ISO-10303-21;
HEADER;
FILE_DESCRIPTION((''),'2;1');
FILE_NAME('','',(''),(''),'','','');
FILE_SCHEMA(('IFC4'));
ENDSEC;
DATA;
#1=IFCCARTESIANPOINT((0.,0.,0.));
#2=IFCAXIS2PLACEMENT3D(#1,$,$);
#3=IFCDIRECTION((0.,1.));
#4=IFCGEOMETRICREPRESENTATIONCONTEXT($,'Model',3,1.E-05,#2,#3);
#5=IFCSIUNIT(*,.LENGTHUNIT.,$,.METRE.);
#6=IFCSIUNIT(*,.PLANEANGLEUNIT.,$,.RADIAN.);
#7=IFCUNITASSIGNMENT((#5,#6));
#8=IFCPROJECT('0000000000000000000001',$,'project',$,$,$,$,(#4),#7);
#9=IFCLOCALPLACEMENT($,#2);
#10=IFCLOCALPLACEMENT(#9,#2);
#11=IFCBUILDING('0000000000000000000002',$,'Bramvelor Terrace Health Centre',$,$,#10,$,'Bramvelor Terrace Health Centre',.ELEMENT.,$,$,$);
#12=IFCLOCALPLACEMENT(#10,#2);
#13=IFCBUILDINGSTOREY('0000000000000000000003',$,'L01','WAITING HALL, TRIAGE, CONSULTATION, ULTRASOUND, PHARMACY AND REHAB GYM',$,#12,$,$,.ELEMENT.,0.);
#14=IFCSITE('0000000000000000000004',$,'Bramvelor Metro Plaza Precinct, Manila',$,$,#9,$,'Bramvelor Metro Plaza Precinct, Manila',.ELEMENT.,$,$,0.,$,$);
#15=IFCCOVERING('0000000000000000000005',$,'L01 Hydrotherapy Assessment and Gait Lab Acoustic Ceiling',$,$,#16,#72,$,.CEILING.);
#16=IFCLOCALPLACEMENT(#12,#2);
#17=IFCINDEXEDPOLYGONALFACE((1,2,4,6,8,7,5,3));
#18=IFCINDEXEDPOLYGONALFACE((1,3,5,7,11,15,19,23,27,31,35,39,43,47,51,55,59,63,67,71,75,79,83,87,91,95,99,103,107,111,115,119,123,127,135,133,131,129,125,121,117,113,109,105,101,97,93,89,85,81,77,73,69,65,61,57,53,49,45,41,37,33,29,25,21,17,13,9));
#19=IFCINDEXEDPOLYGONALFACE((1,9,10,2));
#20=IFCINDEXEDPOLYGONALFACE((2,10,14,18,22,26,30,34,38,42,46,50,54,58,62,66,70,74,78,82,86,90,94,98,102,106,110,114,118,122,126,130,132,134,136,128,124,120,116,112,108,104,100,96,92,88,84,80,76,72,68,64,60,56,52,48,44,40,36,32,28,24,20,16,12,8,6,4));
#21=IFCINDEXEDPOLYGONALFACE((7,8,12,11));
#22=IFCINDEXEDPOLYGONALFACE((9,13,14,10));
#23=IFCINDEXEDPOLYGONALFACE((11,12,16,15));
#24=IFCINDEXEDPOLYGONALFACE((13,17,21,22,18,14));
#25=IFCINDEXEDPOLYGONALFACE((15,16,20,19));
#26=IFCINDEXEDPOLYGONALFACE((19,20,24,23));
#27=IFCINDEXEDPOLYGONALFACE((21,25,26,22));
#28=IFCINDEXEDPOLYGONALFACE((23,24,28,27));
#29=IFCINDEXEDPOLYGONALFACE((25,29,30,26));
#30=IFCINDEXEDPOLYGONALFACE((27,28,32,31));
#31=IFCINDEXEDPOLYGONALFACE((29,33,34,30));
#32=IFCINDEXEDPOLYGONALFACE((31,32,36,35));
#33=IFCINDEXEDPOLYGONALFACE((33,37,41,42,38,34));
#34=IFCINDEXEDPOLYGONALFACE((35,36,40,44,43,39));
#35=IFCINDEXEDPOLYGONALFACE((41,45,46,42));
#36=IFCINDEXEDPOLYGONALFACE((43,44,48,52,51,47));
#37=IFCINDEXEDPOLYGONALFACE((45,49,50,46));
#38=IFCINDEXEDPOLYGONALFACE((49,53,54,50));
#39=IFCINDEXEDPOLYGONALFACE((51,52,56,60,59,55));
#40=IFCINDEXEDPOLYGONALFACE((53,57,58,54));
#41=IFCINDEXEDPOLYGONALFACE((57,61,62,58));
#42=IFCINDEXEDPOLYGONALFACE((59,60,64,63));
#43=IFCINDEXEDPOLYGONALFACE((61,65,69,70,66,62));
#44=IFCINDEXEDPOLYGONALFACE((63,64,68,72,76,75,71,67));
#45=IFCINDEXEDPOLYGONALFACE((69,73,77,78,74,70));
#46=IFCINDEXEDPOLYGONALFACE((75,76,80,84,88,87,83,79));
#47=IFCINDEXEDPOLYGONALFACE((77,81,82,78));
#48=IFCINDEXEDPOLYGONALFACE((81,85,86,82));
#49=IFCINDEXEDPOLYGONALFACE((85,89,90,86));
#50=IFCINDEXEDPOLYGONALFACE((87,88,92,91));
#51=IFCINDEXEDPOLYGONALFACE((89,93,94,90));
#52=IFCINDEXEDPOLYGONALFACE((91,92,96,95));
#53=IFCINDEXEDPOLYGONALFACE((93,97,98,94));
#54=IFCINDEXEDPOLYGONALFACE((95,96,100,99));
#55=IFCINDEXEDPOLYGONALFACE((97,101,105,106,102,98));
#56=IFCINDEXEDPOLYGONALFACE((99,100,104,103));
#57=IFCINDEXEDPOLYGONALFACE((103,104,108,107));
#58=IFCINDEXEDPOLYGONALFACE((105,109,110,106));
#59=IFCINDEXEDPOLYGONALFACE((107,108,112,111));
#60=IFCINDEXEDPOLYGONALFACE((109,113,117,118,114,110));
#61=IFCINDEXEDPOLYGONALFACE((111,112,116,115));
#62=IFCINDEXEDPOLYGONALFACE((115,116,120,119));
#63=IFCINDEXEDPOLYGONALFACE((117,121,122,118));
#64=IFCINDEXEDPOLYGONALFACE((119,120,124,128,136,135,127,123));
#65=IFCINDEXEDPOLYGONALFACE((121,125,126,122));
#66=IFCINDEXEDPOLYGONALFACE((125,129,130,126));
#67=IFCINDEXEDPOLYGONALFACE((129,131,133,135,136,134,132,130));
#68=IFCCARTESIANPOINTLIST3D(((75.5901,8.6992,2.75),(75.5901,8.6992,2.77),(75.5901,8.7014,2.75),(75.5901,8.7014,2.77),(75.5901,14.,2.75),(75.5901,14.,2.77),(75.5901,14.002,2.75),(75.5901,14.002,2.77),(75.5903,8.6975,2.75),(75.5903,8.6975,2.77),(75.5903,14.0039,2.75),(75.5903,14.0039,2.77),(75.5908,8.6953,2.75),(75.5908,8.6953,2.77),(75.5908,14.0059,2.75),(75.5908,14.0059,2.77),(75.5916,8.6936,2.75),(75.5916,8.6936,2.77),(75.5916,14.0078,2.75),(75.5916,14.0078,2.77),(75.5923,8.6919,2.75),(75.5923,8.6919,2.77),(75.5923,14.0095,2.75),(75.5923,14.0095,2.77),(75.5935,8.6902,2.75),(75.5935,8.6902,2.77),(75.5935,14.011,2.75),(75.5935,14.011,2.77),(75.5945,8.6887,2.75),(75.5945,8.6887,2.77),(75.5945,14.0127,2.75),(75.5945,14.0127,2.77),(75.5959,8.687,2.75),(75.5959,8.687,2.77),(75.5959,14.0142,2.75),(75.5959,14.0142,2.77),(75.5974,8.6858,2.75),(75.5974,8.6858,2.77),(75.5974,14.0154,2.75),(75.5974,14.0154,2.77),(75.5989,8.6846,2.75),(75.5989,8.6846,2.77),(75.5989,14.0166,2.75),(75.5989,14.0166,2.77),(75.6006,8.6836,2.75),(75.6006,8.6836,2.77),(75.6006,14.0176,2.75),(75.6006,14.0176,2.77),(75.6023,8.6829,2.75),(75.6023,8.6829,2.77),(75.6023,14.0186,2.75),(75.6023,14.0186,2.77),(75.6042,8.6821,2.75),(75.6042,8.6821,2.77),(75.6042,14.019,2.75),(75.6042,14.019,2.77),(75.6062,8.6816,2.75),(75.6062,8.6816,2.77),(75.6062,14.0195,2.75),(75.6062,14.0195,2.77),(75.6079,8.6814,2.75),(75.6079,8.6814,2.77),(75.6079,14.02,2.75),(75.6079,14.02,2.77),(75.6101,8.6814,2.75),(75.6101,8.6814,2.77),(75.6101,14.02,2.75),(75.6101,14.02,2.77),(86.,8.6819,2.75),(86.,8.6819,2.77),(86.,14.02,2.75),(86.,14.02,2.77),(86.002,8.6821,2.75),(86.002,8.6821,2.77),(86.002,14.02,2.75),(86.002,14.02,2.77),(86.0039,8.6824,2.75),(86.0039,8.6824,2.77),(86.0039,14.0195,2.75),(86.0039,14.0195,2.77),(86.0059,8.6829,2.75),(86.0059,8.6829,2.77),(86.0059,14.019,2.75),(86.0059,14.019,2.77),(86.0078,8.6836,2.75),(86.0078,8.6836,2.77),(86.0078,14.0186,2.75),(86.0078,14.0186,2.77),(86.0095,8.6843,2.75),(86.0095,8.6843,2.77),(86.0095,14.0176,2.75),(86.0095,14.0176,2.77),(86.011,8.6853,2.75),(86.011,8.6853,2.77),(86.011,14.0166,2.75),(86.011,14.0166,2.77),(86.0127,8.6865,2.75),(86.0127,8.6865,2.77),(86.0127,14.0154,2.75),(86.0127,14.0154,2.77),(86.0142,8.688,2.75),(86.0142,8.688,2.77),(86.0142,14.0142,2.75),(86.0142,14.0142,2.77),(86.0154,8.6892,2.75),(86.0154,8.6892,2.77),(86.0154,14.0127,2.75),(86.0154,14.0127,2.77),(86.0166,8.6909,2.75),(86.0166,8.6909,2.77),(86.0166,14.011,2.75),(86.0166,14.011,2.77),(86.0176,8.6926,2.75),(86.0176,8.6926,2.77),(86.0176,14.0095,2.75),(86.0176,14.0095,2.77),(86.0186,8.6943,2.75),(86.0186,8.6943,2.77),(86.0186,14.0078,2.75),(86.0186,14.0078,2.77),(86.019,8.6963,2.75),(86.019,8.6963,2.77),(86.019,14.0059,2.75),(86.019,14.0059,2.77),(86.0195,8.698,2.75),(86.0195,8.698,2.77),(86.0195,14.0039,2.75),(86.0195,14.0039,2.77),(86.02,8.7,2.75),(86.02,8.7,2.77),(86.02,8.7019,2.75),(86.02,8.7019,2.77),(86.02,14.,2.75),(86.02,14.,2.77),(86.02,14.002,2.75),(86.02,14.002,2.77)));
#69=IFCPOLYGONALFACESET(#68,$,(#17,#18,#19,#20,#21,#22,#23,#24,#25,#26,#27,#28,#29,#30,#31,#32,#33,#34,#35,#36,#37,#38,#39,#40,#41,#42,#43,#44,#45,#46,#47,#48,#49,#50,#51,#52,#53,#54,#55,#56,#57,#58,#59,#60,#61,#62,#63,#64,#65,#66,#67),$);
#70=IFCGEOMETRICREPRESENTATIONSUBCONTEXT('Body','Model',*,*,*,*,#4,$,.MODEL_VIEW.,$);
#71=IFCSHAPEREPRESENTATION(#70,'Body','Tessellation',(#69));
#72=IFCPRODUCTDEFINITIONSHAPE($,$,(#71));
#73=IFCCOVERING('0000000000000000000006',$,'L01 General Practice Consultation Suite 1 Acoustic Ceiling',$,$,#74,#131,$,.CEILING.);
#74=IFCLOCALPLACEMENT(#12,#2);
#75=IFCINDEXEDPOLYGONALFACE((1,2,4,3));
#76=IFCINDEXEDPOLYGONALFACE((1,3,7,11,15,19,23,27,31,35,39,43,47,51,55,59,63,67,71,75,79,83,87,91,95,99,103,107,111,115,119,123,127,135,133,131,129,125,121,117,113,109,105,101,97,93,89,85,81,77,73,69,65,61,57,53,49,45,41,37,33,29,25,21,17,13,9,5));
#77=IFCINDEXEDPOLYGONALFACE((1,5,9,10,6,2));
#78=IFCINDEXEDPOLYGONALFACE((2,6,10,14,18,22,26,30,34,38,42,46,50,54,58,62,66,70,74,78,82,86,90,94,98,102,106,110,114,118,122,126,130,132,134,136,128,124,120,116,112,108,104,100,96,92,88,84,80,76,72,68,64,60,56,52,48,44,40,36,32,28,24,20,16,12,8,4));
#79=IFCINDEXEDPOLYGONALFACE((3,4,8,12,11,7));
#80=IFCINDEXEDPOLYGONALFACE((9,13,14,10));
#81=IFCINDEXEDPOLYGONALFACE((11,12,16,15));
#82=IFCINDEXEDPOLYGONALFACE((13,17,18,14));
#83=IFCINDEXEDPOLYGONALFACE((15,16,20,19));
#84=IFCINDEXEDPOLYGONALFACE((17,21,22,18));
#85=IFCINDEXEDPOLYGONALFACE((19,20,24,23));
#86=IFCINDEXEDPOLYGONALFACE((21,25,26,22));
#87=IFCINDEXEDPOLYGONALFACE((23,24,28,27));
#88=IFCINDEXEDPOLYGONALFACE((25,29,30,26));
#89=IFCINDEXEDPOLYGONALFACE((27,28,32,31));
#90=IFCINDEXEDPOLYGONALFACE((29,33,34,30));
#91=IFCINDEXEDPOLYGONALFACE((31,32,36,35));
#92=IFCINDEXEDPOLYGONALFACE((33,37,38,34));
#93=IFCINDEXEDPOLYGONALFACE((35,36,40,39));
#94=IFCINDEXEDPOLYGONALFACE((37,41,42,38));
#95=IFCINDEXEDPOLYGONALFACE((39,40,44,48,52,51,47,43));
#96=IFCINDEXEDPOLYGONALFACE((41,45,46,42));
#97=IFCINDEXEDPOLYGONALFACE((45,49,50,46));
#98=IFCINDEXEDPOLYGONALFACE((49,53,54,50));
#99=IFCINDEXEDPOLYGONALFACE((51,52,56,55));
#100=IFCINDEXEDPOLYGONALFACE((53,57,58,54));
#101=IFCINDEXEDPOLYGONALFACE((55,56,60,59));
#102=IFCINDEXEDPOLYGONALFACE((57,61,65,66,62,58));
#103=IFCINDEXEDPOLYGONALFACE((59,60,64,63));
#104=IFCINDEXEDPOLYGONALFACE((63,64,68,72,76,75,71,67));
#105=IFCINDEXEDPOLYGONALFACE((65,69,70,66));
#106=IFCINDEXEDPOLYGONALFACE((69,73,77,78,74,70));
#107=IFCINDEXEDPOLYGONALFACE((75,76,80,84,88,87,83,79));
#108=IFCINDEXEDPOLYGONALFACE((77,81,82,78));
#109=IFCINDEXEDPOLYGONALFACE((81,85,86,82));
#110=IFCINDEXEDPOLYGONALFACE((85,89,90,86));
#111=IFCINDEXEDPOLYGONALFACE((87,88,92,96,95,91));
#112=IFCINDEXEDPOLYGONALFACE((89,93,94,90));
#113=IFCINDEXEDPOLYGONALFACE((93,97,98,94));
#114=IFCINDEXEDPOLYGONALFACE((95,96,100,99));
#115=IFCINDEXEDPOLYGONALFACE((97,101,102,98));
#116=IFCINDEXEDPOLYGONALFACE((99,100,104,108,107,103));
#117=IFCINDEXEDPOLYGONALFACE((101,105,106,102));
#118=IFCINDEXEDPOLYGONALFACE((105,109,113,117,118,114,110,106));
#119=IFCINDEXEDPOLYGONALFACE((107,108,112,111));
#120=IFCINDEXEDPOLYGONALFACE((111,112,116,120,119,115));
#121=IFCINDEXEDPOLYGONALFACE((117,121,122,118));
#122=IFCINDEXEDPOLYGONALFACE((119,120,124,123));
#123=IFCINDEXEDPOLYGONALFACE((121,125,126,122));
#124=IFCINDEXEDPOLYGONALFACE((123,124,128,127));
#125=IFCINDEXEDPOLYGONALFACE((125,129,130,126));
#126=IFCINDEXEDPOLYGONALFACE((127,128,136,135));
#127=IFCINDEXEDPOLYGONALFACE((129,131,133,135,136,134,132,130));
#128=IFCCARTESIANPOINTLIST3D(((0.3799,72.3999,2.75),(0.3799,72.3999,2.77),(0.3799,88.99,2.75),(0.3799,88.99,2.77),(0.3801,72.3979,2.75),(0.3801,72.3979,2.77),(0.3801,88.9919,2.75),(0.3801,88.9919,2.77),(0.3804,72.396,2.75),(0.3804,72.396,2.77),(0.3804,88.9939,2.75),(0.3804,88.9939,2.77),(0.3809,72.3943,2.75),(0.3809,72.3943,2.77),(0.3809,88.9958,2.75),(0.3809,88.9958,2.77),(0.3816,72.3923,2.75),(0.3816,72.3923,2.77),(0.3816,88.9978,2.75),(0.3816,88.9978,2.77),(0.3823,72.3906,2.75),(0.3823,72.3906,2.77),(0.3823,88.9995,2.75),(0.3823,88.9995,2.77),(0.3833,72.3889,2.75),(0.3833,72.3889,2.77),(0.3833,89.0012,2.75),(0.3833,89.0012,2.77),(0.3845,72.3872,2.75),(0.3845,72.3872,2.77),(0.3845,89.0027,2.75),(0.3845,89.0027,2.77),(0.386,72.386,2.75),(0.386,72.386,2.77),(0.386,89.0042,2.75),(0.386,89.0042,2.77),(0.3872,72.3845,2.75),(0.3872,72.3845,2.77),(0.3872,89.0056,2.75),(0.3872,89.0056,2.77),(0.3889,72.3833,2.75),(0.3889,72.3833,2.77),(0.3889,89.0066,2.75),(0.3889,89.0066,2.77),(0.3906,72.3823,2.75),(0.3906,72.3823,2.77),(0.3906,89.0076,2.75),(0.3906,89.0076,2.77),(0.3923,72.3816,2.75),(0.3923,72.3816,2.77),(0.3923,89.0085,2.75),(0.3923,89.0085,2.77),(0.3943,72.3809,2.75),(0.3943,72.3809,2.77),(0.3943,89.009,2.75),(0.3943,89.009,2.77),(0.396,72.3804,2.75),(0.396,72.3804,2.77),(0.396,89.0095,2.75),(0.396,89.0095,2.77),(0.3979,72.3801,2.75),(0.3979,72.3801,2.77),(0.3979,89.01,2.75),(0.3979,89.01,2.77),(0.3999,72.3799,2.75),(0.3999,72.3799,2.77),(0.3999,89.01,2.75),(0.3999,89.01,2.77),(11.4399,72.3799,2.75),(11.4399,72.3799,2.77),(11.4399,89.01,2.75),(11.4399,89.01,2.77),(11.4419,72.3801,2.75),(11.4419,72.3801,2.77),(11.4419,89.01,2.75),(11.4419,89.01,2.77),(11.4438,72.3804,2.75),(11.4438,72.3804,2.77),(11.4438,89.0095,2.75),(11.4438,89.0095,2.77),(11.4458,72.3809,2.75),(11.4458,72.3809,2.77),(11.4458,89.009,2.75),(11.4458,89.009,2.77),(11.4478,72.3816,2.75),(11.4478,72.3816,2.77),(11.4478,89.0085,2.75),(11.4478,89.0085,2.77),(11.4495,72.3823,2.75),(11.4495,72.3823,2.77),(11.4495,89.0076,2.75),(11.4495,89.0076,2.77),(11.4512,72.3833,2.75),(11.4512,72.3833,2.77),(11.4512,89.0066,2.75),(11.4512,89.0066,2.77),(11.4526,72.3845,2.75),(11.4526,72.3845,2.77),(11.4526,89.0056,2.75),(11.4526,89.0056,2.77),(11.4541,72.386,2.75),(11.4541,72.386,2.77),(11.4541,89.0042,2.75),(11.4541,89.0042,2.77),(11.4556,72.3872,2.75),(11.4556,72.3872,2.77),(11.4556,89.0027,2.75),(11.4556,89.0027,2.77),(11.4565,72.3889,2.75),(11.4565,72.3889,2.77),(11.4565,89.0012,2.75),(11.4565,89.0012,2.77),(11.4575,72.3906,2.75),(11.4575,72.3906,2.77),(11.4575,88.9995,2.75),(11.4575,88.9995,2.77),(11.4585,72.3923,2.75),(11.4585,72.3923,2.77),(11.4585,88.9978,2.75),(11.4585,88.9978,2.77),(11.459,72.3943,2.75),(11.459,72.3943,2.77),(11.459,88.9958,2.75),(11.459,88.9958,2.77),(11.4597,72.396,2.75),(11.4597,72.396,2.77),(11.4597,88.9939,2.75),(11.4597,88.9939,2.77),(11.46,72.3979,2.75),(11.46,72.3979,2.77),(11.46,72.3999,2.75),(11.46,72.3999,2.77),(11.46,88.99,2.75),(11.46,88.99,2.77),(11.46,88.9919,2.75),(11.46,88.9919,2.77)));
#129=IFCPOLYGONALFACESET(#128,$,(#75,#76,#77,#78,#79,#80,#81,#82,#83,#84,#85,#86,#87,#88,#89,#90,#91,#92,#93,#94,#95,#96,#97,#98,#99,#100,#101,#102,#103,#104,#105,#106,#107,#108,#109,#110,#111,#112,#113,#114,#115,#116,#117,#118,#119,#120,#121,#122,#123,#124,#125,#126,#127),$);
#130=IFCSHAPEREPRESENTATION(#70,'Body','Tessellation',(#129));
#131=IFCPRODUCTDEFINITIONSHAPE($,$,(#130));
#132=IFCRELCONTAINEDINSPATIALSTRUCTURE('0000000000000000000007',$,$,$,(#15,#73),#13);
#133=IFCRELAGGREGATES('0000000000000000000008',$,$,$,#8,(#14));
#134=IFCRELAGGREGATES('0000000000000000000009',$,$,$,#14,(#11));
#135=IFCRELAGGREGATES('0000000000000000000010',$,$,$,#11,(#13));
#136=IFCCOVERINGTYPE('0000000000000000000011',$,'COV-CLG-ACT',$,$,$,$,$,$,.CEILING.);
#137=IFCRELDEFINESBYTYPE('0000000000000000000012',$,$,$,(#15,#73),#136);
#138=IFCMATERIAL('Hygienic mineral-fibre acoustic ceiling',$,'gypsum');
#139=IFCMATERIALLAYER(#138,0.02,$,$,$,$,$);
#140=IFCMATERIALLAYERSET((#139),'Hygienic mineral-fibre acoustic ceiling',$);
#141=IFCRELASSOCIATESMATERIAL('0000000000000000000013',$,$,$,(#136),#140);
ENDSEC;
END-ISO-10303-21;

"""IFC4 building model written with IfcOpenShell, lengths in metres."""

from ifc_helpers import new_model, si_unit, direction, frame, origin, place, context, subcontext, project, spatial, polyline, outline, extrude, material, layer, layer_set, type_object, element, save


model = new_model("IFC4")

# Units and contexts
model_context = context("Model", 3, precision=1e-05, world=origin(), true_north=direction((0.0, 1.0)))
body_context = subcontext(model_context, "Body", "Model", "MODEL_VIEW")
ifc_project = project(units=[si_unit("LENGTHUNIT", "METRE"), si_unit("PLANEANGLEUNIT", "RADIAN")], contexts=[model_context])

# Site, building, storey
site_placement = place(None, origin())
site = spatial("IfcSite", under=ifc_project, at=site_placement, Name="Bramvelor Metro Plaza Precinct, Manila", LongName="Bramvelor Metro Plaza Precinct, Manila", CompositionType="ELEMENT", RefElevation=0.0)
building_placement = place(site_placement, origin())
building = spatial("IfcBuilding", under=site, at=building_placement, Name="Bramvelor Terrace Health Centre", LongName="Bramvelor Terrace Health Centre", CompositionType="ELEMENT")
storey_placement = place(building_placement, origin())
storey = spatial("IfcBuildingStorey", under=building, at=storey_placement, Name="L01", Description="WAITING HALL, TRIAGE, CONSULTATION, ULTRASOUND, PHARMACY AND REHAB GYM", CompositionType="ELEMENT", Elevation=0.0)

# Coverings
ifc_material_1 = material(Name="Hygienic mineral-fibre acoustic ceiling", Category="gypsum")
ifc_layer_1 = layer(ifc_material_1, 0.02)
ifc_layer_set_1 = layer_set([ifc_layer_1], Name="Hygienic mineral-fibre acoustic ceiling")
covering_type_1 = type_object("IfcCoveringType", Name="COV-CLG-ACT", PredefinedType="CEILING", material=ifc_layer_set_1)
covering_1_placement = place(storey_placement, frame((0.0, 0.0, 2.75)))
element("IfcCovering", 1, at=covering_1_placement, inside=storey, type_object=covering_type_1, Name="L01 Hydrotherapy Assessment and Gait Lab Acoustic Ceiling", PredefinedType="CEILING", context=body_context, shape_type="SweptSolid", body=[
    extrude(outline(polyline([(75.5901, 14.0), (75.5901, 14.002), (75.5903, 14.0039), (75.5908, 14.0059), (75.5916, 14.0078), (75.5923, 14.0095), (75.5935, 14.011), (75.5945, 14.0127), (75.5959, 14.0142), (75.5974, 14.0154), (75.5989, 14.0166), (75.6006, 14.0176), (75.6023, 14.0186), (75.6042, 14.019), (75.6062, 14.0195), (75.6079, 14.02), (75.6101, 14.02), (86.0, 14.02), (86.002, 14.02), (86.0039, 14.0195), (86.0059, 14.019), (86.0078, 14.0186), (86.0095, 14.0176), (86.011, 14.0166), (86.0127, 14.0154), (86.0142, 14.0142), (86.0154, 14.0127), (86.0166, 14.011), (86.0176, 14.0095), (86.0186, 14.0078), (86.019, 14.0059), (86.0195, 14.0039), (86.02, 14.002), (86.02, 14.0), (86.02, 8.7019), (86.02, 8.7), (86.0195, 8.698), (86.019, 8.6963), (86.0186, 8.6943), (86.0176, 8.6926), (86.0166, 8.6909), (86.0154, 8.6892), (86.0142, 8.688), (86.0127, 8.6865), (86.011, 8.6853), (86.0095, 8.6843), (86.0078, 8.6836), (86.0059, 8.6829), (86.0039, 8.6824), (86.002, 8.6821), (86.0, 8.6819), (75.6101, 8.6814), (75.6079, 8.6814), (75.6062, 8.6816), (75.6042, 8.6821), (75.6023, 8.6829), (75.6006, 8.6836), (75.5989, 8.6846), (75.5974, 8.6858), (75.5959, 8.687), (75.5945, 8.6887), (75.5935, 8.6902), (75.5923, 8.6919), (75.5916, 8.6936), (75.5908, 8.6953), (75.5903, 8.6975), (75.5901, 8.6992), (75.5901, 8.7014), (75.5901, 14.0)])), origin(), (0.0, 0.0, 1.0), 0.02),
])
covering_2_placement = place(storey_placement, frame((0.0, 0.0, 2.75)))
element("IfcCovering", 2, at=covering_2_placement, inside=storey, type_object=covering_type_1, Name="L01 General Practice Consultation Suite 1 Acoustic Ceiling", PredefinedType="CEILING", context=body_context, shape_type="SweptSolid", body=[
    extrude(outline(polyline([(0.3799, 88.99), (0.3801, 88.9919), (0.3804, 88.9939), (0.3809, 88.9958), (0.3816, 88.9978), (0.3823, 88.9995), (0.3833, 89.0012), (0.3845, 89.0027), (0.386, 89.0042), (0.3872, 89.0056), (0.3889, 89.0066), (0.3906, 89.0076), (0.3923, 89.0085), (0.3943, 89.009), (0.396, 89.0095), (0.3979, 89.01), (0.3999, 89.01), (11.4399, 89.01), (11.4419, 89.01), (11.4438, 89.0095), (11.4458, 89.009), (11.4478, 89.0085), (11.4495, 89.0076), (11.4512, 89.0066), (11.4526, 89.0056), (11.4541, 89.0042), (11.4556, 89.0027), (11.4565, 89.0012), (11.4575, 88.9995), (11.4585, 88.9978), (11.459, 88.9958), (11.4597, 88.9939), (11.46, 88.9919), (11.46, 88.99), (11.46, 72.3999), (11.46, 72.3979), (11.4597, 72.396), (11.459, 72.3943), (11.4585, 72.3923), (11.4575, 72.3906), (11.4565, 72.3889), (11.4556, 72.3872), (11.4541, 72.386), (11.4526, 72.3845), (11.4512, 72.3833), (11.4495, 72.3823), (11.4478, 72.3816), (11.4458, 72.3809), (11.4438, 72.3804), (11.4419, 72.3801), (11.4399, 72.3799), (0.3999, 72.3799), (0.3979, 72.3801), (0.396, 72.3804), (0.3943, 72.3809), (0.3923, 72.3816), (0.3906, 72.3823), (0.3889, 72.3833), (0.3872, 72.3845), (0.386, 72.386), (0.3845, 72.3872), (0.3833, 72.3889), (0.3823, 72.3906), (0.3816, 72.3923), (0.3809, 72.3943), (0.3804, 72.396), (0.3801, 72.3979), (0.3799, 72.3999), (0.3799, 88.99)])), origin(), (0.0, 0.0, 1.0), 0.02),
])

save(model, "model.ifc")
